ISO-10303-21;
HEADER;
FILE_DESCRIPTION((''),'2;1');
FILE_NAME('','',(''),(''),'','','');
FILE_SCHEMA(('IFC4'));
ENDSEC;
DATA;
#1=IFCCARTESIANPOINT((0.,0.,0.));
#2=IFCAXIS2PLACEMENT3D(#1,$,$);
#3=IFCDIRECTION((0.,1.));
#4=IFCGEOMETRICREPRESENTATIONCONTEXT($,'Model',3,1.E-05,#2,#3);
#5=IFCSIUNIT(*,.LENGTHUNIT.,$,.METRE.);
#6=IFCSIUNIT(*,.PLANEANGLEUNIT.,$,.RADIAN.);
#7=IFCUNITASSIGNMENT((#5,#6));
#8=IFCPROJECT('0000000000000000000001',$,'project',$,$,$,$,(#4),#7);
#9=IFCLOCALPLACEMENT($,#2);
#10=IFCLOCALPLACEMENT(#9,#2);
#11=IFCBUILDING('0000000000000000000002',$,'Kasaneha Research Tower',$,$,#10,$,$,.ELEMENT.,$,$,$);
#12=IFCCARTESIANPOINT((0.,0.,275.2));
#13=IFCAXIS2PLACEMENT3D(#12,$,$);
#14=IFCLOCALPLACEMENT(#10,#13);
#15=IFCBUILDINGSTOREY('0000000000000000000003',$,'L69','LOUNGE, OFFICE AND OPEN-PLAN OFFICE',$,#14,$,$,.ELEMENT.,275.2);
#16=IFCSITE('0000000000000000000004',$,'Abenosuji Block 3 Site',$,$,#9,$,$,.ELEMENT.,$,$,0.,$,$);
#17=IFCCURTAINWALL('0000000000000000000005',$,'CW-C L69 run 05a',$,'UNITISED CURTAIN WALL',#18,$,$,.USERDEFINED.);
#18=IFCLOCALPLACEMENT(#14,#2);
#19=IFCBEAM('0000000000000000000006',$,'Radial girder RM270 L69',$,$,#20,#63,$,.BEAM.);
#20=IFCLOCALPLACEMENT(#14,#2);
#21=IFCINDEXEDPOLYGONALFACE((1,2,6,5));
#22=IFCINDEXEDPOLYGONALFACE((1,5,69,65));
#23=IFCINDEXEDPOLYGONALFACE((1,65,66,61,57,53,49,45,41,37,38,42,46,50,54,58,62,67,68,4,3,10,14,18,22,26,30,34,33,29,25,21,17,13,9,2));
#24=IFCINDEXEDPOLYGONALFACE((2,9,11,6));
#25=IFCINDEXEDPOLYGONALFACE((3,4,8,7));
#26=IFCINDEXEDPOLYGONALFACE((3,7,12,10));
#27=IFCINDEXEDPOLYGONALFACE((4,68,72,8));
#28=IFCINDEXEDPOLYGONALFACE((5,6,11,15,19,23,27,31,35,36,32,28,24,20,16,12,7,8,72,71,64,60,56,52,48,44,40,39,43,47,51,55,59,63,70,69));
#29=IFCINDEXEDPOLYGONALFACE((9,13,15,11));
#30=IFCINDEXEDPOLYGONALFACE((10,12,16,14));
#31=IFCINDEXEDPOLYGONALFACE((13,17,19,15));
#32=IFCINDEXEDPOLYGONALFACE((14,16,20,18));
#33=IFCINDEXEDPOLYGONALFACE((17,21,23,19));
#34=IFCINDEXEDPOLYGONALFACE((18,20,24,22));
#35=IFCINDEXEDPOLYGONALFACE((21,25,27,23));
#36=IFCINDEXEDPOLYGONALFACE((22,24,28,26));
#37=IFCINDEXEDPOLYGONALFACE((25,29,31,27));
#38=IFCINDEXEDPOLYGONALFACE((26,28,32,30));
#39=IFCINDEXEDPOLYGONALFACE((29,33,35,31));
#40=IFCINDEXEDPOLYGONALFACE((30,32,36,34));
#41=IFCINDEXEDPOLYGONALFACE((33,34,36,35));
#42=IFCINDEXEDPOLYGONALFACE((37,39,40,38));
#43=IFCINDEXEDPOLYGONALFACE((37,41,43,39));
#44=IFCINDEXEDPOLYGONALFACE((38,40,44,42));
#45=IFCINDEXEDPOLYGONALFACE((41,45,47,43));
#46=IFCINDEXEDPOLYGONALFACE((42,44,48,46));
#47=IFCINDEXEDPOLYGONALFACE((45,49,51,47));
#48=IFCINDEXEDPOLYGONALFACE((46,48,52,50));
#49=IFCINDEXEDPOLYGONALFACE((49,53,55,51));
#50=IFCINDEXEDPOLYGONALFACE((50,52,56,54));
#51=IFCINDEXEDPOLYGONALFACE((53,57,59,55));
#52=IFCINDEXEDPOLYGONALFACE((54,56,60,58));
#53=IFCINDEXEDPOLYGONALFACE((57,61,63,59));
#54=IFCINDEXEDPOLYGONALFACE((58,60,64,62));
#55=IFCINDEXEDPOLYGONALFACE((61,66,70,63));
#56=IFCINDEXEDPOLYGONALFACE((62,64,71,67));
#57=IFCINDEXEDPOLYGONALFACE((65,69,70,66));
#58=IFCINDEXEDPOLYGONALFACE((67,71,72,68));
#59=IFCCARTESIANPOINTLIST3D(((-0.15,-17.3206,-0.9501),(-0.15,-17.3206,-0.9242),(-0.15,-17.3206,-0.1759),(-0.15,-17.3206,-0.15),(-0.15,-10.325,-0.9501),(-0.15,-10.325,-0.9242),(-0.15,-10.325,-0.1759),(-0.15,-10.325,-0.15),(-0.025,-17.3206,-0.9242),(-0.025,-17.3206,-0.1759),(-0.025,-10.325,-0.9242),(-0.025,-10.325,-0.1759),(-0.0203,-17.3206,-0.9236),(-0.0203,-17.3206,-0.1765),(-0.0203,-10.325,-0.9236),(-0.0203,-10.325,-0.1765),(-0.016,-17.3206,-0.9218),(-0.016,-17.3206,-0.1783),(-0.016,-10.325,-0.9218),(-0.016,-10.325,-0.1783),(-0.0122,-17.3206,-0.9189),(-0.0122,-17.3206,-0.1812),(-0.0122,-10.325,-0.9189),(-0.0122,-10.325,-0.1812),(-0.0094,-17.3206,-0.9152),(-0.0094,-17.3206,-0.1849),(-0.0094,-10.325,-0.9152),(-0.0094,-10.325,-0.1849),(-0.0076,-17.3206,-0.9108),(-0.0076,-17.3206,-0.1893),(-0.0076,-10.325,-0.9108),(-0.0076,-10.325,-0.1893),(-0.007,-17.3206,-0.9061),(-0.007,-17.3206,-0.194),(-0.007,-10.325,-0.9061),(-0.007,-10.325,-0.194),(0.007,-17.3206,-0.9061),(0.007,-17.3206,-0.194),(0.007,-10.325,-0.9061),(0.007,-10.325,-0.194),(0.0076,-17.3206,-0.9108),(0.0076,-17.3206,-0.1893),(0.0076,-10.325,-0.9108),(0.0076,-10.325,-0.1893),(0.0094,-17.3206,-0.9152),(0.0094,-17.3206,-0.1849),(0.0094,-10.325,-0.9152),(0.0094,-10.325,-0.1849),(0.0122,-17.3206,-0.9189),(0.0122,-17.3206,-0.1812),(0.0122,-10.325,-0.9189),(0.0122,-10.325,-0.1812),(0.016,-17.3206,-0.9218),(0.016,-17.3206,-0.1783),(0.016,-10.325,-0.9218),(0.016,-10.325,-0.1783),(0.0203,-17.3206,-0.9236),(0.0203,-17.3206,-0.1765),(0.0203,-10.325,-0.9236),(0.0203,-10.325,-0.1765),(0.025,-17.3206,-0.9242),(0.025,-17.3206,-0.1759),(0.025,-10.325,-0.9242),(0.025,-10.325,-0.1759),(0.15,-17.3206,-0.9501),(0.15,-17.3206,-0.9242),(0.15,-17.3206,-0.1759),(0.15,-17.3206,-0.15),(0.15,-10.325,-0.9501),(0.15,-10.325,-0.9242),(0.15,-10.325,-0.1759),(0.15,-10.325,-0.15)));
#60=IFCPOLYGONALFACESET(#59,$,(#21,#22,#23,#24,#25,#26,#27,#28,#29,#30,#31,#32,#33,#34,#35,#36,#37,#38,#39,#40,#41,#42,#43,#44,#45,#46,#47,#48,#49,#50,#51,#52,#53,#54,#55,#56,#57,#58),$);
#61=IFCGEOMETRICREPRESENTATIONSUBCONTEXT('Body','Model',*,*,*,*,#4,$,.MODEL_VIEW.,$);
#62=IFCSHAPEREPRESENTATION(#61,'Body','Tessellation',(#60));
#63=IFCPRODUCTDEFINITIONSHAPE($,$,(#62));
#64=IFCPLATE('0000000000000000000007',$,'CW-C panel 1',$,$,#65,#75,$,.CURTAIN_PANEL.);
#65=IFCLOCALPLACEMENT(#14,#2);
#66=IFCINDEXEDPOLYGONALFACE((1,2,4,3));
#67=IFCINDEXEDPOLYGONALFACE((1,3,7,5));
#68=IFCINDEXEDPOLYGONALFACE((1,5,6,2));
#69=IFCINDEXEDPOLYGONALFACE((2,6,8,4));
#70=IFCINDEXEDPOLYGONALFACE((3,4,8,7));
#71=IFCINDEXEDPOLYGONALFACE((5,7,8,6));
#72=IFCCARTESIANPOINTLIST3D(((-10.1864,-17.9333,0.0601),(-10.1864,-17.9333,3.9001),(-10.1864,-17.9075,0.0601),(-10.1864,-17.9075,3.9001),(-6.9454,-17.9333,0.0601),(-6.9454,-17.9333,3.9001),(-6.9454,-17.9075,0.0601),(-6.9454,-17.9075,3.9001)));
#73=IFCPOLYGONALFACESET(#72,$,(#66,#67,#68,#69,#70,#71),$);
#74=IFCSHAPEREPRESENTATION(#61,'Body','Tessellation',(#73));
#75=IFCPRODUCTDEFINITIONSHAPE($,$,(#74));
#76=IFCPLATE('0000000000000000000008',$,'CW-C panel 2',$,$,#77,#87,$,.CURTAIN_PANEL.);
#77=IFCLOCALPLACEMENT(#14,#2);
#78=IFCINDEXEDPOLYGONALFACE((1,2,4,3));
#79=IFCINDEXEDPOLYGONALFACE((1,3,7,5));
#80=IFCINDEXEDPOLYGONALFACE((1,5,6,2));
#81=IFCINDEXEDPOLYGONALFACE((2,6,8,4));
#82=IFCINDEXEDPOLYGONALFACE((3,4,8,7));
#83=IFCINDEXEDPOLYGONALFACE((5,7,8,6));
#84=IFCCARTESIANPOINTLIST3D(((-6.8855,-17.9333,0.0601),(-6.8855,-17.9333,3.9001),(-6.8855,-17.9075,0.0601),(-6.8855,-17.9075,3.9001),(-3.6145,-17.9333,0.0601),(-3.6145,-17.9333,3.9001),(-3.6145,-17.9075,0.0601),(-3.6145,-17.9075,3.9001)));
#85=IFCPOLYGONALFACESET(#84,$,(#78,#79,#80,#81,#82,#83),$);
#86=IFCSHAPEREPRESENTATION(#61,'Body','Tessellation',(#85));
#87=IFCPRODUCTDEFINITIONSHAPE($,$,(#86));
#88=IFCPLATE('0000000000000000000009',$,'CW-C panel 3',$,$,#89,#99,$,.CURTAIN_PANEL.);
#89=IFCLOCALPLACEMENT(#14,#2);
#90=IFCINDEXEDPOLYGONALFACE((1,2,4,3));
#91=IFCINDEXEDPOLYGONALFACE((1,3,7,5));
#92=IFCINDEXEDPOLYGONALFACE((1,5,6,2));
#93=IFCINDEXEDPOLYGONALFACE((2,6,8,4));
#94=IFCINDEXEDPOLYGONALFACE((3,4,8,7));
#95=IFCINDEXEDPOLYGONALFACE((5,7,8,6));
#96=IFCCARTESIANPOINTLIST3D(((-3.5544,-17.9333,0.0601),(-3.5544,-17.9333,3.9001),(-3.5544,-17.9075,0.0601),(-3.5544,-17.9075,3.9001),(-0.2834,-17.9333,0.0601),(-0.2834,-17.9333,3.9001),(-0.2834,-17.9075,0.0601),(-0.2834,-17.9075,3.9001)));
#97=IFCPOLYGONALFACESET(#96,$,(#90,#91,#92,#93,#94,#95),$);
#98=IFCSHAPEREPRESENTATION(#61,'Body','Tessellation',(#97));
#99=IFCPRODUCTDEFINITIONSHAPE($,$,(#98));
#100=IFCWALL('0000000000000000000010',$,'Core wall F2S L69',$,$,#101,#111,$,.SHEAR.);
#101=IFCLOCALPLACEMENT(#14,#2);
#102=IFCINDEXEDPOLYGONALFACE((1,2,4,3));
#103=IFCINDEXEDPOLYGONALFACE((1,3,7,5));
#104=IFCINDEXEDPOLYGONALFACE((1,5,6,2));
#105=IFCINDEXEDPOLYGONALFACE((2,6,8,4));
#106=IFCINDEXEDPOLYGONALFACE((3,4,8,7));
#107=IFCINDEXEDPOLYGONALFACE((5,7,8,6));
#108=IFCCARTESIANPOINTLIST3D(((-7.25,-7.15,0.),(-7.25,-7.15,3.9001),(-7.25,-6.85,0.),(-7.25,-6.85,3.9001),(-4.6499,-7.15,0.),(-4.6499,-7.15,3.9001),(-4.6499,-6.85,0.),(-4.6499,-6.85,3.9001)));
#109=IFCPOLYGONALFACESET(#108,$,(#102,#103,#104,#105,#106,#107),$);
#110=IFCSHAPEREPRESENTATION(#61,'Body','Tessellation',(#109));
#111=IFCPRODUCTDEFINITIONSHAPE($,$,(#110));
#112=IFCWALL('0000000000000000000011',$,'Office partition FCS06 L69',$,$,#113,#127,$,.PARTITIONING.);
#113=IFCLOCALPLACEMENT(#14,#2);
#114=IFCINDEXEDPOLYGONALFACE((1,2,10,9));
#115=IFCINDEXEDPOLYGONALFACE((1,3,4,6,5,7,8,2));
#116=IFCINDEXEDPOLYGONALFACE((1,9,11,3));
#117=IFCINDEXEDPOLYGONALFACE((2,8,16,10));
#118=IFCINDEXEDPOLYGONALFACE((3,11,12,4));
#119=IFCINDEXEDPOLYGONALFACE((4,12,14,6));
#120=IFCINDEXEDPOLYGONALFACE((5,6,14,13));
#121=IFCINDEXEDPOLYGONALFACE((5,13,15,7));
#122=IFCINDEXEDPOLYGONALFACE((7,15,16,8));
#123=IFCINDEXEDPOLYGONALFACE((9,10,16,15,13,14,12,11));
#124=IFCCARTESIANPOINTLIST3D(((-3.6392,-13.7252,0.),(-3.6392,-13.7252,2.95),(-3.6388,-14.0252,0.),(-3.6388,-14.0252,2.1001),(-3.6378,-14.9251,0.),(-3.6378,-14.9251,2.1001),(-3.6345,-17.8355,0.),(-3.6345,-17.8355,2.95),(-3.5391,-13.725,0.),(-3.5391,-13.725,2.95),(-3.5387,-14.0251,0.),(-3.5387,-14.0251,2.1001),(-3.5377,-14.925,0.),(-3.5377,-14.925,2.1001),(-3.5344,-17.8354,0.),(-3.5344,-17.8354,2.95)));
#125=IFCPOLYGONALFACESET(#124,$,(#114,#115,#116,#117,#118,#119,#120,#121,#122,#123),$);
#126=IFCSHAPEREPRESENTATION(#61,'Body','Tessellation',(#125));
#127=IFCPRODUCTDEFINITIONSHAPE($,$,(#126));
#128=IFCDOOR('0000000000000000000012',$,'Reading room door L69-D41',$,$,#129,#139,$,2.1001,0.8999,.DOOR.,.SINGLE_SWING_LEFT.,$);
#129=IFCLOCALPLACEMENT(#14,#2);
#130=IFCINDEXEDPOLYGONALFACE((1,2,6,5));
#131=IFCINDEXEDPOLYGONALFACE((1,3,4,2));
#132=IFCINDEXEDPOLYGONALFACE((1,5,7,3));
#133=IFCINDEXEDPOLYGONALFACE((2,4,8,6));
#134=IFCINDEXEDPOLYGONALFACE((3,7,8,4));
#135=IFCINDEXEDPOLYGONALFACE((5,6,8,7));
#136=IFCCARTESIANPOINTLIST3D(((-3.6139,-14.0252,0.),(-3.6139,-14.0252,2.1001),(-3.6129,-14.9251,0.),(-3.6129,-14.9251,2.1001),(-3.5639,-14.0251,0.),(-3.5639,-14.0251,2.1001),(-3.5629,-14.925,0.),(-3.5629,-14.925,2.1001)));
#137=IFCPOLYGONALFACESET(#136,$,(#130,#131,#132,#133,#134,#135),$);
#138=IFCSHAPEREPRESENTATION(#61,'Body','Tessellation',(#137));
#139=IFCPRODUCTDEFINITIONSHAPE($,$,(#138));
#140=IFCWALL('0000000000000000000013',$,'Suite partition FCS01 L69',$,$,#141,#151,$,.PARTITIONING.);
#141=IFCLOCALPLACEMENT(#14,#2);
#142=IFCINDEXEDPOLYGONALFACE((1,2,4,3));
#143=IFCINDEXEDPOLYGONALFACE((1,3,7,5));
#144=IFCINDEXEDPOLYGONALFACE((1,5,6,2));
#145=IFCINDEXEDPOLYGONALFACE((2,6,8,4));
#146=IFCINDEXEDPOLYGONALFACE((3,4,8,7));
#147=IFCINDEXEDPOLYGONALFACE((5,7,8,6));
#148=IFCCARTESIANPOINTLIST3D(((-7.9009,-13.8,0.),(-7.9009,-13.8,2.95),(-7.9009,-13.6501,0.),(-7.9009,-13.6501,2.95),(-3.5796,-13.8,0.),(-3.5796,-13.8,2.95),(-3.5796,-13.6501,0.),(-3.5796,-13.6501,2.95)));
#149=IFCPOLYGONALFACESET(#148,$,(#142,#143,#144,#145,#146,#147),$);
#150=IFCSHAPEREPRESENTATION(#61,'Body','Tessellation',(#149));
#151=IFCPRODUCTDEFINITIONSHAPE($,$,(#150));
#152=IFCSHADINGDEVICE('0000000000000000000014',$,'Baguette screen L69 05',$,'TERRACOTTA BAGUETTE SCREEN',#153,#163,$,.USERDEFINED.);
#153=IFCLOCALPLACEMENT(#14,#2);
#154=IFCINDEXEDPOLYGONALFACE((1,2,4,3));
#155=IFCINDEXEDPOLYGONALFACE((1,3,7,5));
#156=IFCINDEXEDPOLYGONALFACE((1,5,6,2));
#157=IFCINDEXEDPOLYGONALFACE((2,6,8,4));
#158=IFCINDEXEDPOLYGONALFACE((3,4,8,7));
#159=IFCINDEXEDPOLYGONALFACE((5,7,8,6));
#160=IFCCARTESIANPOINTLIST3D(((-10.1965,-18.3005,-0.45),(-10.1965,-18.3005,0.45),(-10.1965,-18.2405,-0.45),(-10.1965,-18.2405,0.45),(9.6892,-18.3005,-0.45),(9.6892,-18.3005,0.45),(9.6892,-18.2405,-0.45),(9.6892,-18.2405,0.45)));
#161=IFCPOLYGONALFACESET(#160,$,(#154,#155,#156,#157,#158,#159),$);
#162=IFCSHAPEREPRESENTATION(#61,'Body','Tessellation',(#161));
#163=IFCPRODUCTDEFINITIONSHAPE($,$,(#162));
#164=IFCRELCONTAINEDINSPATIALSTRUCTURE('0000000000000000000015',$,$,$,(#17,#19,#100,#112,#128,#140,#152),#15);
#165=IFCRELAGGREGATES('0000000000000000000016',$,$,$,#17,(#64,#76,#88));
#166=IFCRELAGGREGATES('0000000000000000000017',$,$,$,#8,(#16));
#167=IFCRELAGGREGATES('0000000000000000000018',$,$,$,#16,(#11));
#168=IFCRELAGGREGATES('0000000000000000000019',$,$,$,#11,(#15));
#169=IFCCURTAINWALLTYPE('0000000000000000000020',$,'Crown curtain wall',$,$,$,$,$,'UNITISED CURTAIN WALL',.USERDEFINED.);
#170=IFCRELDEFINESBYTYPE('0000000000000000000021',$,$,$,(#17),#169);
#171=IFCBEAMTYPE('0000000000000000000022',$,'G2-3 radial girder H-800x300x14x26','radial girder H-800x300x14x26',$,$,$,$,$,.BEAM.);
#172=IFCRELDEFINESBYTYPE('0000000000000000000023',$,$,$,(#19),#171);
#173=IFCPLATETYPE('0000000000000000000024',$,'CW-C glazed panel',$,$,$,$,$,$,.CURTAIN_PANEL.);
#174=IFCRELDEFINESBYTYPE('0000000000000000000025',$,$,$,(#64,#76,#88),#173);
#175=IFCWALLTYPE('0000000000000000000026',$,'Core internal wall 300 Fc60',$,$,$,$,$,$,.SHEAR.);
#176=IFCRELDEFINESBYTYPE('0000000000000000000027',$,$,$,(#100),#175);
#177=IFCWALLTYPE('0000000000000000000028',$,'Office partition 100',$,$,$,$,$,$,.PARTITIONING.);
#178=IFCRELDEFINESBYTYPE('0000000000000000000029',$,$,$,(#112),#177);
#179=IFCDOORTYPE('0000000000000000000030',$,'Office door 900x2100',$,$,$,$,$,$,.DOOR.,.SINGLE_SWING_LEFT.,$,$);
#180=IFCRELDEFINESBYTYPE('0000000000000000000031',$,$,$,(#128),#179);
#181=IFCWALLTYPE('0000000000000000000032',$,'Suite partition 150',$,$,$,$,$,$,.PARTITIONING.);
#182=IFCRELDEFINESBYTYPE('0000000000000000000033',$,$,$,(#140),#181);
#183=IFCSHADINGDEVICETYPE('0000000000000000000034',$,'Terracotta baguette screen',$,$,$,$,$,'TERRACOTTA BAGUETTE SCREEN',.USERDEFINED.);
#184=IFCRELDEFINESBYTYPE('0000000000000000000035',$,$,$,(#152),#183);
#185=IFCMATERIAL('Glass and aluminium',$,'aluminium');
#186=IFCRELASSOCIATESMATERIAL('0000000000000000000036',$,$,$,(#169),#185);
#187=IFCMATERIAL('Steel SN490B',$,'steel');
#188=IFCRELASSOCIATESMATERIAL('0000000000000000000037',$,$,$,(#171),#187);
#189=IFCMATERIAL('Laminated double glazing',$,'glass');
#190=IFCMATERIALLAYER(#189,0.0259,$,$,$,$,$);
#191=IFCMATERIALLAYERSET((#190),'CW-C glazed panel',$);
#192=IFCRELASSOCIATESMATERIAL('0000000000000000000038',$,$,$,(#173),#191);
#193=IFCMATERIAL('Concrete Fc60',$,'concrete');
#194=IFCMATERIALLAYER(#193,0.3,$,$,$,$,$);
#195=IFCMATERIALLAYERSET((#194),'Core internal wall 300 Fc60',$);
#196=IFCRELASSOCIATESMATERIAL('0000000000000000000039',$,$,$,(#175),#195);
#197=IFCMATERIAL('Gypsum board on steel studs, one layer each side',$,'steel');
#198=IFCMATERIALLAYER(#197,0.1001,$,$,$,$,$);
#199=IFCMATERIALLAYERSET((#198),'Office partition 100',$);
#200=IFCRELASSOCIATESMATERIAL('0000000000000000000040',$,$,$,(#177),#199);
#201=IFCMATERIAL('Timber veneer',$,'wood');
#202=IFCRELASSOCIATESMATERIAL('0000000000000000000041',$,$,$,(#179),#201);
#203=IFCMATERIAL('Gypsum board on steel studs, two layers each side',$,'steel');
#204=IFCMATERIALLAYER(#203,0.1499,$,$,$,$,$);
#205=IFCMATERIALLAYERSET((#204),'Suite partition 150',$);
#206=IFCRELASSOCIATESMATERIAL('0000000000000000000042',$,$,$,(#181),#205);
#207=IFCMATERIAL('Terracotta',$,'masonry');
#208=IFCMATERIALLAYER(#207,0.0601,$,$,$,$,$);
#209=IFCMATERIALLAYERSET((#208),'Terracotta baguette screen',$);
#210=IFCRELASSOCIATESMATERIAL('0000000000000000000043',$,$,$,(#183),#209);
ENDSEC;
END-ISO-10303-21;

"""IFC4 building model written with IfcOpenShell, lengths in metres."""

from ifc_helpers import new_model, si_unit, direction, frame, frame_2d, origin, origin_2d, place, context, subcontext, project, spatial, rectangle, i_section, extrude, material, layer, layer_set, material_profile, profile_set, type_object, element, fill, aggregate, save


model = new_model("IFC4")

# Units and contexts
model_context = context("Model", 3, precision=1e-05, world=origin(), true_north=direction((0.0, 1.0)))
body_context = subcontext(model_context, "Body", "Model", "MODEL_VIEW")
ifc_project = project(units=[si_unit("LENGTHUNIT", "METRE"), si_unit("PLANEANGLEUNIT", "RADIAN")], contexts=[model_context])

# Site, building, storey
site_placement = place(None, origin())
site = spatial("IfcSite", under=ifc_project, at=site_placement, Name="Abenosuji Block 3 Site", CompositionType="ELEMENT", RefElevation=0.0)
building_placement = place(site_placement, origin())
building = spatial("IfcBuilding", under=site, at=building_placement, Name="Kasaneha Research Tower", CompositionType="ELEMENT")
storey_placement = place(building_placement, frame((0.0, 0.0, 275.2)))
storey = spatial("IfcBuildingStorey", under=building, at=storey_placement, Name="L69", Description="LOUNGE, OFFICE AND OPEN-PLAN OFFICE", CompositionType="ELEMENT", Elevation=275.2)

# Curtain wall
ifc_material_1 = material(Name="Glass and aluminium", Category="aluminium")
curtain_wall_type = type_object("IfcCurtainWallType", Name="Crown curtain wall", ElementType="UNITISED CURTAIN WALL", PredefinedType="USERDEFINED", material=ifc_material_1)
curtain_wall_placement = place(storey_placement, origin())
curtain_wall = element("IfcCurtainWall", 1, at=curtain_wall_placement, inside=storey, type_object=curtain_wall_type, Name="CW-C L69 run 05a", ObjectType="UNITISED CURTAIN WALL", PredefinedType="USERDEFINED")

# Beam
ifc_material_2 = material(Name="Steel SN490B", Category="steel")
ifc_material_profile_1 = material_profile(ifc_material_2, i_section(OverallWidth=0.3, OverallDepth=0.8, WebThickness=0.0139, FlangeThickness=0.0259, FilletRadius=0.0181, at=origin_2d()), Name="H-800x300x14x26")
ifc_profile_set_1 = profile_set([ifc_material_profile_1], Name="Steel SN490B")
beam_type_1 = type_object("IfcBeamType", Name="G2-3 radial girder H-800x300x14x26", Description="radial girder H-800x300x14x26", PredefinedType="BEAM", material=ifc_profile_set_1)
beam_1_placement = place(storey_placement, frame((0.0, -10.325, -0.55), z_axis=(0.0, -1.0, 0.0), x_axis=(1.0, 0.0, 0.0)))
element("IfcBeam", 2, at=beam_1_placement, inside=storey, type_object=beam_type_1, Name="Radial girder RM270 L69", PredefinedType="BEAM", context=body_context, shape_type="SweptSolid", body=[
    extrude(i_section(OverallWidth=0.3, OverallDepth=0.8, WebThickness=0.0139, FlangeThickness=0.0259, FilletRadius=0.0181, at=origin_2d()), origin(), (0.0, 0.0, 1.0), 6.9956),
])

# Plates
ifc_material_3 = material(Name="Laminated double glazing", Category="glass")
ifc_layer_1 = layer(ifc_material_3, 0.0259)
ifc_layer_set_1 = layer_set([ifc_layer_1], Name="CW-C glazed panel")
plate_type = type_object("IfcPlateType", Name="CW-C glazed panel", PredefinedType="CURTAIN_PANEL", material=ifc_layer_set_1)
plate_1_placement = place(storey_placement, frame((-8.5659, -17.9204, 0.0601), z_axis=(0.0, 0.0, 1.0), x_axis=(1.0, 0.0, 0.0)))
plate_1 = element("IfcPlate", 3, at=plate_1_placement, type_object=plate_type, Name="CW-C panel 1", PredefinedType="CURTAIN_PANEL", context=body_context, shape_type="SweptSolid", body=[
    extrude(rectangle(XDim=3.241, YDim=0.0259, at=origin_2d()), origin(), (0.0, 0.0, 1.0), 3.8401),
])
plate_2_placement = place(storey_placement, frame((-5.25, -17.9204, 0.0601), z_axis=(0.0, 0.0, 1.0), x_axis=(1.0, 0.0, 0.0)))
plate_2 = element("IfcPlate", 4, at=plate_2_placement, type_object=plate_type, Name="CW-C panel 2", PredefinedType="CURTAIN_PANEL", context=body_context, shape_type="SweptSolid", body=[
    extrude(rectangle(XDim=3.271, YDim=0.0259, at=origin_2d()), origin(), (0.0, 0.0, 1.0), 3.8401),
])
plate_3_placement = place(storey_placement, frame((-1.9189, -17.9204, 0.0601), z_axis=(0.0, 0.0, 1.0), x_axis=(1.0, 0.0, 0.0)))
plate_3 = element("IfcPlate", 5, at=plate_3_placement, type_object=plate_type, Name="CW-C panel 3", PredefinedType="CURTAIN_PANEL", context=body_context, shape_type="SweptSolid", body=[
    extrude(rectangle(XDim=3.271, YDim=0.0259, at=origin_2d()), origin(), (0.0, 0.0, 1.0), 3.8401),
])
aggregate(curtain_wall, [plate_1, plate_2, plate_3])

# Wall
ifc_material_4 = material(Name="Concrete Fc60", Category="concrete")
ifc_layer_2 = layer(ifc_material_4, 0.3)
ifc_layer_set_2 = layer_set([ifc_layer_2], Name="Core internal wall 300 Fc60")
wall_type_1 = type_object("IfcWallType", Name="Core internal wall 300 Fc60", PredefinedType="SHEAR", material=ifc_layer_set_2)
wall_1_placement = place(storey_placement, frame((-7.25, -7.0, 0.0), z_axis=(0.0, 0.0, 1.0), x_axis=(1.0, 0.0, 0.0)))
element("IfcWall", 6, at=wall_1_placement, inside=storey, type_object=wall_type_1, Name="Core wall F2S L69", PredefinedType="SHEAR", context=body_context, shape_type="SweptSolid", body=[
    extrude(rectangle(XDim=2.6001, YDim=0.3, at=frame_2d((1.3, 0.0))), origin(), (0.0, 0.0, 1.0), 3.9001),
])

# Wall, opening, door
ifc_material_5 = material(Name="Gypsum board on steel studs, one layer each side", Category="steel")
ifc_layer_3 = layer(ifc_material_5, 0.1001)
ifc_layer_set_3 = layer_set([ifc_layer_3], Name="Office partition 100")
wall_type_2 = type_object("IfcWallType", Name="Office partition 100", PredefinedType="PARTITIONING", material=ifc_layer_set_3)
wall_2_placement = place(storey_placement, frame((-3.5891, -13.7251, 0.0), z_axis=(0.0, 0.0, 1.0), x_axis=(0.001129, -0.999999, 0.0)))
wall_2 = element("IfcWall", 7, at=wall_2_placement, inside=storey, type_object=wall_type_2, Name="Office partition FCS06 L69", PredefinedType="PARTITIONING", context=body_context, shape_type="SweptSolid", body=[
    extrude(rectangle(XDim=4.1104, YDim=0.1001, at=frame_2d((2.0552, 0.0))), origin(), (0.0, 0.0, 1.0), 2.95),
])
opening_1_placement = place(wall_2_placement, frame((0.3, 0.0, 0.0)))
opening_1 = element("IfcOpeningElement", 8, at=opening_1_placement, cuts=wall_2, PredefinedType="OPENING", context=body_context, shape_type="SweptSolid", body=[
    extrude(rectangle(XDim=0.8999, YDim=2.1001, at=frame_2d((0.45, 1.05))), frame((0.0, 0.0601, 0.0), z_axis=(0.0, -1.0, 0.0), x_axis=(1.0, 0.0, 0.0)), (0.0, 0.0, 1.0), 0.1201),
])
ifc_material_6 = material(Name="Timber veneer", Category="wood")
door_type_1 = type_object("IfcDoorType", Name="Office door 900x2100", OperationType="SINGLE_SWING_LEFT", PredefinedType="DOOR", material=ifc_material_6)
door_1_placement = place(opening_1_placement, origin())
door_1 = element("IfcDoor", 9, at=door_1_placement, inside=storey, type_object=door_type_1, Name="Reading room door L69-D41", OperationType="SINGLE_SWING_LEFT", OverallHeight=2.1001, OverallWidth=0.8999, PredefinedType="DOOR", context=body_context, shape_type="SweptSolid", body=[
    extrude(rectangle(XDim=0.8999, YDim=2.1001, at=frame_2d((0.45, 1.05))), frame((0.0, 0.0249, 0.0), z_axis=(0.0, -1.0, 0.0), x_axis=(1.0, 0.0, 0.0)), (0.0, 0.0, 1.0), 0.05),
])
fill(opening_1, door_1)

# Wall
ifc_material_7 = material(Name="Gypsum board on steel studs, two layers each side", Category="steel")
ifc_layer_4 = layer(ifc_material_7, 0.1499)
ifc_layer_set_4 = layer_set([ifc_layer_4], Name="Suite partition 150")
wall_type_3 = type_object("IfcWallType", Name="Suite partition 150", PredefinedType="PARTITIONING", material=ifc_layer_set_4)
wall_3_placement = place(storey_placement, frame((-3.5796, -13.7251, 0.0), z_axis=(0.0, 0.0, 1.0), x_axis=(-1.0, 0.0, 0.0)))
element("IfcWall", 10, at=wall_3_placement, inside=storey, type_object=wall_type_3, Name="Suite partition FCS01 L69", PredefinedType="PARTITIONING", context=body_context, shape_type="SweptSolid", body=[
    extrude(rectangle(XDim=4.3213, YDim=0.1499, at=frame_2d((2.1606, 0.0))), origin(), (0.0, 0.0, 1.0), 2.95),
])

# Shading device
ifc_material_8 = material(Name="Terracotta", Category="masonry")
ifc_layer_5 = layer(ifc_material_8, 0.0601)
ifc_layer_set_5 = layer_set([ifc_layer_5], Name="Terracotta baguette screen")
shading_device_type = type_object("IfcShadingDeviceType", Name="Terracotta baguette screen", ElementType="TERRACOTTA BAGUETTE SCREEN", PredefinedType="USERDEFINED", material=ifc_layer_set_5)
shading_device_placement = place(storey_placement, frame((-0.2537, -18.2705, -0.45), z_axis=(0.0, 0.0, 1.0), x_axis=(1.0, 0.0, 0.0)))
element("IfcShadingDevice", 11, at=shading_device_placement, inside=storey, type_object=shading_device_type, Name="Baguette screen L69 05", ObjectType="TERRACOTTA BAGUETTE SCREEN", PredefinedType="USERDEFINED", context=body_context, shape_type="SweptSolid", body=[
    extrude(rectangle(XDim=19.8857, YDim=0.0601, at=origin_2d()), origin(), (0.0, 0.0, 1.0), 0.8999),
])

save(model, "model.ifc")
